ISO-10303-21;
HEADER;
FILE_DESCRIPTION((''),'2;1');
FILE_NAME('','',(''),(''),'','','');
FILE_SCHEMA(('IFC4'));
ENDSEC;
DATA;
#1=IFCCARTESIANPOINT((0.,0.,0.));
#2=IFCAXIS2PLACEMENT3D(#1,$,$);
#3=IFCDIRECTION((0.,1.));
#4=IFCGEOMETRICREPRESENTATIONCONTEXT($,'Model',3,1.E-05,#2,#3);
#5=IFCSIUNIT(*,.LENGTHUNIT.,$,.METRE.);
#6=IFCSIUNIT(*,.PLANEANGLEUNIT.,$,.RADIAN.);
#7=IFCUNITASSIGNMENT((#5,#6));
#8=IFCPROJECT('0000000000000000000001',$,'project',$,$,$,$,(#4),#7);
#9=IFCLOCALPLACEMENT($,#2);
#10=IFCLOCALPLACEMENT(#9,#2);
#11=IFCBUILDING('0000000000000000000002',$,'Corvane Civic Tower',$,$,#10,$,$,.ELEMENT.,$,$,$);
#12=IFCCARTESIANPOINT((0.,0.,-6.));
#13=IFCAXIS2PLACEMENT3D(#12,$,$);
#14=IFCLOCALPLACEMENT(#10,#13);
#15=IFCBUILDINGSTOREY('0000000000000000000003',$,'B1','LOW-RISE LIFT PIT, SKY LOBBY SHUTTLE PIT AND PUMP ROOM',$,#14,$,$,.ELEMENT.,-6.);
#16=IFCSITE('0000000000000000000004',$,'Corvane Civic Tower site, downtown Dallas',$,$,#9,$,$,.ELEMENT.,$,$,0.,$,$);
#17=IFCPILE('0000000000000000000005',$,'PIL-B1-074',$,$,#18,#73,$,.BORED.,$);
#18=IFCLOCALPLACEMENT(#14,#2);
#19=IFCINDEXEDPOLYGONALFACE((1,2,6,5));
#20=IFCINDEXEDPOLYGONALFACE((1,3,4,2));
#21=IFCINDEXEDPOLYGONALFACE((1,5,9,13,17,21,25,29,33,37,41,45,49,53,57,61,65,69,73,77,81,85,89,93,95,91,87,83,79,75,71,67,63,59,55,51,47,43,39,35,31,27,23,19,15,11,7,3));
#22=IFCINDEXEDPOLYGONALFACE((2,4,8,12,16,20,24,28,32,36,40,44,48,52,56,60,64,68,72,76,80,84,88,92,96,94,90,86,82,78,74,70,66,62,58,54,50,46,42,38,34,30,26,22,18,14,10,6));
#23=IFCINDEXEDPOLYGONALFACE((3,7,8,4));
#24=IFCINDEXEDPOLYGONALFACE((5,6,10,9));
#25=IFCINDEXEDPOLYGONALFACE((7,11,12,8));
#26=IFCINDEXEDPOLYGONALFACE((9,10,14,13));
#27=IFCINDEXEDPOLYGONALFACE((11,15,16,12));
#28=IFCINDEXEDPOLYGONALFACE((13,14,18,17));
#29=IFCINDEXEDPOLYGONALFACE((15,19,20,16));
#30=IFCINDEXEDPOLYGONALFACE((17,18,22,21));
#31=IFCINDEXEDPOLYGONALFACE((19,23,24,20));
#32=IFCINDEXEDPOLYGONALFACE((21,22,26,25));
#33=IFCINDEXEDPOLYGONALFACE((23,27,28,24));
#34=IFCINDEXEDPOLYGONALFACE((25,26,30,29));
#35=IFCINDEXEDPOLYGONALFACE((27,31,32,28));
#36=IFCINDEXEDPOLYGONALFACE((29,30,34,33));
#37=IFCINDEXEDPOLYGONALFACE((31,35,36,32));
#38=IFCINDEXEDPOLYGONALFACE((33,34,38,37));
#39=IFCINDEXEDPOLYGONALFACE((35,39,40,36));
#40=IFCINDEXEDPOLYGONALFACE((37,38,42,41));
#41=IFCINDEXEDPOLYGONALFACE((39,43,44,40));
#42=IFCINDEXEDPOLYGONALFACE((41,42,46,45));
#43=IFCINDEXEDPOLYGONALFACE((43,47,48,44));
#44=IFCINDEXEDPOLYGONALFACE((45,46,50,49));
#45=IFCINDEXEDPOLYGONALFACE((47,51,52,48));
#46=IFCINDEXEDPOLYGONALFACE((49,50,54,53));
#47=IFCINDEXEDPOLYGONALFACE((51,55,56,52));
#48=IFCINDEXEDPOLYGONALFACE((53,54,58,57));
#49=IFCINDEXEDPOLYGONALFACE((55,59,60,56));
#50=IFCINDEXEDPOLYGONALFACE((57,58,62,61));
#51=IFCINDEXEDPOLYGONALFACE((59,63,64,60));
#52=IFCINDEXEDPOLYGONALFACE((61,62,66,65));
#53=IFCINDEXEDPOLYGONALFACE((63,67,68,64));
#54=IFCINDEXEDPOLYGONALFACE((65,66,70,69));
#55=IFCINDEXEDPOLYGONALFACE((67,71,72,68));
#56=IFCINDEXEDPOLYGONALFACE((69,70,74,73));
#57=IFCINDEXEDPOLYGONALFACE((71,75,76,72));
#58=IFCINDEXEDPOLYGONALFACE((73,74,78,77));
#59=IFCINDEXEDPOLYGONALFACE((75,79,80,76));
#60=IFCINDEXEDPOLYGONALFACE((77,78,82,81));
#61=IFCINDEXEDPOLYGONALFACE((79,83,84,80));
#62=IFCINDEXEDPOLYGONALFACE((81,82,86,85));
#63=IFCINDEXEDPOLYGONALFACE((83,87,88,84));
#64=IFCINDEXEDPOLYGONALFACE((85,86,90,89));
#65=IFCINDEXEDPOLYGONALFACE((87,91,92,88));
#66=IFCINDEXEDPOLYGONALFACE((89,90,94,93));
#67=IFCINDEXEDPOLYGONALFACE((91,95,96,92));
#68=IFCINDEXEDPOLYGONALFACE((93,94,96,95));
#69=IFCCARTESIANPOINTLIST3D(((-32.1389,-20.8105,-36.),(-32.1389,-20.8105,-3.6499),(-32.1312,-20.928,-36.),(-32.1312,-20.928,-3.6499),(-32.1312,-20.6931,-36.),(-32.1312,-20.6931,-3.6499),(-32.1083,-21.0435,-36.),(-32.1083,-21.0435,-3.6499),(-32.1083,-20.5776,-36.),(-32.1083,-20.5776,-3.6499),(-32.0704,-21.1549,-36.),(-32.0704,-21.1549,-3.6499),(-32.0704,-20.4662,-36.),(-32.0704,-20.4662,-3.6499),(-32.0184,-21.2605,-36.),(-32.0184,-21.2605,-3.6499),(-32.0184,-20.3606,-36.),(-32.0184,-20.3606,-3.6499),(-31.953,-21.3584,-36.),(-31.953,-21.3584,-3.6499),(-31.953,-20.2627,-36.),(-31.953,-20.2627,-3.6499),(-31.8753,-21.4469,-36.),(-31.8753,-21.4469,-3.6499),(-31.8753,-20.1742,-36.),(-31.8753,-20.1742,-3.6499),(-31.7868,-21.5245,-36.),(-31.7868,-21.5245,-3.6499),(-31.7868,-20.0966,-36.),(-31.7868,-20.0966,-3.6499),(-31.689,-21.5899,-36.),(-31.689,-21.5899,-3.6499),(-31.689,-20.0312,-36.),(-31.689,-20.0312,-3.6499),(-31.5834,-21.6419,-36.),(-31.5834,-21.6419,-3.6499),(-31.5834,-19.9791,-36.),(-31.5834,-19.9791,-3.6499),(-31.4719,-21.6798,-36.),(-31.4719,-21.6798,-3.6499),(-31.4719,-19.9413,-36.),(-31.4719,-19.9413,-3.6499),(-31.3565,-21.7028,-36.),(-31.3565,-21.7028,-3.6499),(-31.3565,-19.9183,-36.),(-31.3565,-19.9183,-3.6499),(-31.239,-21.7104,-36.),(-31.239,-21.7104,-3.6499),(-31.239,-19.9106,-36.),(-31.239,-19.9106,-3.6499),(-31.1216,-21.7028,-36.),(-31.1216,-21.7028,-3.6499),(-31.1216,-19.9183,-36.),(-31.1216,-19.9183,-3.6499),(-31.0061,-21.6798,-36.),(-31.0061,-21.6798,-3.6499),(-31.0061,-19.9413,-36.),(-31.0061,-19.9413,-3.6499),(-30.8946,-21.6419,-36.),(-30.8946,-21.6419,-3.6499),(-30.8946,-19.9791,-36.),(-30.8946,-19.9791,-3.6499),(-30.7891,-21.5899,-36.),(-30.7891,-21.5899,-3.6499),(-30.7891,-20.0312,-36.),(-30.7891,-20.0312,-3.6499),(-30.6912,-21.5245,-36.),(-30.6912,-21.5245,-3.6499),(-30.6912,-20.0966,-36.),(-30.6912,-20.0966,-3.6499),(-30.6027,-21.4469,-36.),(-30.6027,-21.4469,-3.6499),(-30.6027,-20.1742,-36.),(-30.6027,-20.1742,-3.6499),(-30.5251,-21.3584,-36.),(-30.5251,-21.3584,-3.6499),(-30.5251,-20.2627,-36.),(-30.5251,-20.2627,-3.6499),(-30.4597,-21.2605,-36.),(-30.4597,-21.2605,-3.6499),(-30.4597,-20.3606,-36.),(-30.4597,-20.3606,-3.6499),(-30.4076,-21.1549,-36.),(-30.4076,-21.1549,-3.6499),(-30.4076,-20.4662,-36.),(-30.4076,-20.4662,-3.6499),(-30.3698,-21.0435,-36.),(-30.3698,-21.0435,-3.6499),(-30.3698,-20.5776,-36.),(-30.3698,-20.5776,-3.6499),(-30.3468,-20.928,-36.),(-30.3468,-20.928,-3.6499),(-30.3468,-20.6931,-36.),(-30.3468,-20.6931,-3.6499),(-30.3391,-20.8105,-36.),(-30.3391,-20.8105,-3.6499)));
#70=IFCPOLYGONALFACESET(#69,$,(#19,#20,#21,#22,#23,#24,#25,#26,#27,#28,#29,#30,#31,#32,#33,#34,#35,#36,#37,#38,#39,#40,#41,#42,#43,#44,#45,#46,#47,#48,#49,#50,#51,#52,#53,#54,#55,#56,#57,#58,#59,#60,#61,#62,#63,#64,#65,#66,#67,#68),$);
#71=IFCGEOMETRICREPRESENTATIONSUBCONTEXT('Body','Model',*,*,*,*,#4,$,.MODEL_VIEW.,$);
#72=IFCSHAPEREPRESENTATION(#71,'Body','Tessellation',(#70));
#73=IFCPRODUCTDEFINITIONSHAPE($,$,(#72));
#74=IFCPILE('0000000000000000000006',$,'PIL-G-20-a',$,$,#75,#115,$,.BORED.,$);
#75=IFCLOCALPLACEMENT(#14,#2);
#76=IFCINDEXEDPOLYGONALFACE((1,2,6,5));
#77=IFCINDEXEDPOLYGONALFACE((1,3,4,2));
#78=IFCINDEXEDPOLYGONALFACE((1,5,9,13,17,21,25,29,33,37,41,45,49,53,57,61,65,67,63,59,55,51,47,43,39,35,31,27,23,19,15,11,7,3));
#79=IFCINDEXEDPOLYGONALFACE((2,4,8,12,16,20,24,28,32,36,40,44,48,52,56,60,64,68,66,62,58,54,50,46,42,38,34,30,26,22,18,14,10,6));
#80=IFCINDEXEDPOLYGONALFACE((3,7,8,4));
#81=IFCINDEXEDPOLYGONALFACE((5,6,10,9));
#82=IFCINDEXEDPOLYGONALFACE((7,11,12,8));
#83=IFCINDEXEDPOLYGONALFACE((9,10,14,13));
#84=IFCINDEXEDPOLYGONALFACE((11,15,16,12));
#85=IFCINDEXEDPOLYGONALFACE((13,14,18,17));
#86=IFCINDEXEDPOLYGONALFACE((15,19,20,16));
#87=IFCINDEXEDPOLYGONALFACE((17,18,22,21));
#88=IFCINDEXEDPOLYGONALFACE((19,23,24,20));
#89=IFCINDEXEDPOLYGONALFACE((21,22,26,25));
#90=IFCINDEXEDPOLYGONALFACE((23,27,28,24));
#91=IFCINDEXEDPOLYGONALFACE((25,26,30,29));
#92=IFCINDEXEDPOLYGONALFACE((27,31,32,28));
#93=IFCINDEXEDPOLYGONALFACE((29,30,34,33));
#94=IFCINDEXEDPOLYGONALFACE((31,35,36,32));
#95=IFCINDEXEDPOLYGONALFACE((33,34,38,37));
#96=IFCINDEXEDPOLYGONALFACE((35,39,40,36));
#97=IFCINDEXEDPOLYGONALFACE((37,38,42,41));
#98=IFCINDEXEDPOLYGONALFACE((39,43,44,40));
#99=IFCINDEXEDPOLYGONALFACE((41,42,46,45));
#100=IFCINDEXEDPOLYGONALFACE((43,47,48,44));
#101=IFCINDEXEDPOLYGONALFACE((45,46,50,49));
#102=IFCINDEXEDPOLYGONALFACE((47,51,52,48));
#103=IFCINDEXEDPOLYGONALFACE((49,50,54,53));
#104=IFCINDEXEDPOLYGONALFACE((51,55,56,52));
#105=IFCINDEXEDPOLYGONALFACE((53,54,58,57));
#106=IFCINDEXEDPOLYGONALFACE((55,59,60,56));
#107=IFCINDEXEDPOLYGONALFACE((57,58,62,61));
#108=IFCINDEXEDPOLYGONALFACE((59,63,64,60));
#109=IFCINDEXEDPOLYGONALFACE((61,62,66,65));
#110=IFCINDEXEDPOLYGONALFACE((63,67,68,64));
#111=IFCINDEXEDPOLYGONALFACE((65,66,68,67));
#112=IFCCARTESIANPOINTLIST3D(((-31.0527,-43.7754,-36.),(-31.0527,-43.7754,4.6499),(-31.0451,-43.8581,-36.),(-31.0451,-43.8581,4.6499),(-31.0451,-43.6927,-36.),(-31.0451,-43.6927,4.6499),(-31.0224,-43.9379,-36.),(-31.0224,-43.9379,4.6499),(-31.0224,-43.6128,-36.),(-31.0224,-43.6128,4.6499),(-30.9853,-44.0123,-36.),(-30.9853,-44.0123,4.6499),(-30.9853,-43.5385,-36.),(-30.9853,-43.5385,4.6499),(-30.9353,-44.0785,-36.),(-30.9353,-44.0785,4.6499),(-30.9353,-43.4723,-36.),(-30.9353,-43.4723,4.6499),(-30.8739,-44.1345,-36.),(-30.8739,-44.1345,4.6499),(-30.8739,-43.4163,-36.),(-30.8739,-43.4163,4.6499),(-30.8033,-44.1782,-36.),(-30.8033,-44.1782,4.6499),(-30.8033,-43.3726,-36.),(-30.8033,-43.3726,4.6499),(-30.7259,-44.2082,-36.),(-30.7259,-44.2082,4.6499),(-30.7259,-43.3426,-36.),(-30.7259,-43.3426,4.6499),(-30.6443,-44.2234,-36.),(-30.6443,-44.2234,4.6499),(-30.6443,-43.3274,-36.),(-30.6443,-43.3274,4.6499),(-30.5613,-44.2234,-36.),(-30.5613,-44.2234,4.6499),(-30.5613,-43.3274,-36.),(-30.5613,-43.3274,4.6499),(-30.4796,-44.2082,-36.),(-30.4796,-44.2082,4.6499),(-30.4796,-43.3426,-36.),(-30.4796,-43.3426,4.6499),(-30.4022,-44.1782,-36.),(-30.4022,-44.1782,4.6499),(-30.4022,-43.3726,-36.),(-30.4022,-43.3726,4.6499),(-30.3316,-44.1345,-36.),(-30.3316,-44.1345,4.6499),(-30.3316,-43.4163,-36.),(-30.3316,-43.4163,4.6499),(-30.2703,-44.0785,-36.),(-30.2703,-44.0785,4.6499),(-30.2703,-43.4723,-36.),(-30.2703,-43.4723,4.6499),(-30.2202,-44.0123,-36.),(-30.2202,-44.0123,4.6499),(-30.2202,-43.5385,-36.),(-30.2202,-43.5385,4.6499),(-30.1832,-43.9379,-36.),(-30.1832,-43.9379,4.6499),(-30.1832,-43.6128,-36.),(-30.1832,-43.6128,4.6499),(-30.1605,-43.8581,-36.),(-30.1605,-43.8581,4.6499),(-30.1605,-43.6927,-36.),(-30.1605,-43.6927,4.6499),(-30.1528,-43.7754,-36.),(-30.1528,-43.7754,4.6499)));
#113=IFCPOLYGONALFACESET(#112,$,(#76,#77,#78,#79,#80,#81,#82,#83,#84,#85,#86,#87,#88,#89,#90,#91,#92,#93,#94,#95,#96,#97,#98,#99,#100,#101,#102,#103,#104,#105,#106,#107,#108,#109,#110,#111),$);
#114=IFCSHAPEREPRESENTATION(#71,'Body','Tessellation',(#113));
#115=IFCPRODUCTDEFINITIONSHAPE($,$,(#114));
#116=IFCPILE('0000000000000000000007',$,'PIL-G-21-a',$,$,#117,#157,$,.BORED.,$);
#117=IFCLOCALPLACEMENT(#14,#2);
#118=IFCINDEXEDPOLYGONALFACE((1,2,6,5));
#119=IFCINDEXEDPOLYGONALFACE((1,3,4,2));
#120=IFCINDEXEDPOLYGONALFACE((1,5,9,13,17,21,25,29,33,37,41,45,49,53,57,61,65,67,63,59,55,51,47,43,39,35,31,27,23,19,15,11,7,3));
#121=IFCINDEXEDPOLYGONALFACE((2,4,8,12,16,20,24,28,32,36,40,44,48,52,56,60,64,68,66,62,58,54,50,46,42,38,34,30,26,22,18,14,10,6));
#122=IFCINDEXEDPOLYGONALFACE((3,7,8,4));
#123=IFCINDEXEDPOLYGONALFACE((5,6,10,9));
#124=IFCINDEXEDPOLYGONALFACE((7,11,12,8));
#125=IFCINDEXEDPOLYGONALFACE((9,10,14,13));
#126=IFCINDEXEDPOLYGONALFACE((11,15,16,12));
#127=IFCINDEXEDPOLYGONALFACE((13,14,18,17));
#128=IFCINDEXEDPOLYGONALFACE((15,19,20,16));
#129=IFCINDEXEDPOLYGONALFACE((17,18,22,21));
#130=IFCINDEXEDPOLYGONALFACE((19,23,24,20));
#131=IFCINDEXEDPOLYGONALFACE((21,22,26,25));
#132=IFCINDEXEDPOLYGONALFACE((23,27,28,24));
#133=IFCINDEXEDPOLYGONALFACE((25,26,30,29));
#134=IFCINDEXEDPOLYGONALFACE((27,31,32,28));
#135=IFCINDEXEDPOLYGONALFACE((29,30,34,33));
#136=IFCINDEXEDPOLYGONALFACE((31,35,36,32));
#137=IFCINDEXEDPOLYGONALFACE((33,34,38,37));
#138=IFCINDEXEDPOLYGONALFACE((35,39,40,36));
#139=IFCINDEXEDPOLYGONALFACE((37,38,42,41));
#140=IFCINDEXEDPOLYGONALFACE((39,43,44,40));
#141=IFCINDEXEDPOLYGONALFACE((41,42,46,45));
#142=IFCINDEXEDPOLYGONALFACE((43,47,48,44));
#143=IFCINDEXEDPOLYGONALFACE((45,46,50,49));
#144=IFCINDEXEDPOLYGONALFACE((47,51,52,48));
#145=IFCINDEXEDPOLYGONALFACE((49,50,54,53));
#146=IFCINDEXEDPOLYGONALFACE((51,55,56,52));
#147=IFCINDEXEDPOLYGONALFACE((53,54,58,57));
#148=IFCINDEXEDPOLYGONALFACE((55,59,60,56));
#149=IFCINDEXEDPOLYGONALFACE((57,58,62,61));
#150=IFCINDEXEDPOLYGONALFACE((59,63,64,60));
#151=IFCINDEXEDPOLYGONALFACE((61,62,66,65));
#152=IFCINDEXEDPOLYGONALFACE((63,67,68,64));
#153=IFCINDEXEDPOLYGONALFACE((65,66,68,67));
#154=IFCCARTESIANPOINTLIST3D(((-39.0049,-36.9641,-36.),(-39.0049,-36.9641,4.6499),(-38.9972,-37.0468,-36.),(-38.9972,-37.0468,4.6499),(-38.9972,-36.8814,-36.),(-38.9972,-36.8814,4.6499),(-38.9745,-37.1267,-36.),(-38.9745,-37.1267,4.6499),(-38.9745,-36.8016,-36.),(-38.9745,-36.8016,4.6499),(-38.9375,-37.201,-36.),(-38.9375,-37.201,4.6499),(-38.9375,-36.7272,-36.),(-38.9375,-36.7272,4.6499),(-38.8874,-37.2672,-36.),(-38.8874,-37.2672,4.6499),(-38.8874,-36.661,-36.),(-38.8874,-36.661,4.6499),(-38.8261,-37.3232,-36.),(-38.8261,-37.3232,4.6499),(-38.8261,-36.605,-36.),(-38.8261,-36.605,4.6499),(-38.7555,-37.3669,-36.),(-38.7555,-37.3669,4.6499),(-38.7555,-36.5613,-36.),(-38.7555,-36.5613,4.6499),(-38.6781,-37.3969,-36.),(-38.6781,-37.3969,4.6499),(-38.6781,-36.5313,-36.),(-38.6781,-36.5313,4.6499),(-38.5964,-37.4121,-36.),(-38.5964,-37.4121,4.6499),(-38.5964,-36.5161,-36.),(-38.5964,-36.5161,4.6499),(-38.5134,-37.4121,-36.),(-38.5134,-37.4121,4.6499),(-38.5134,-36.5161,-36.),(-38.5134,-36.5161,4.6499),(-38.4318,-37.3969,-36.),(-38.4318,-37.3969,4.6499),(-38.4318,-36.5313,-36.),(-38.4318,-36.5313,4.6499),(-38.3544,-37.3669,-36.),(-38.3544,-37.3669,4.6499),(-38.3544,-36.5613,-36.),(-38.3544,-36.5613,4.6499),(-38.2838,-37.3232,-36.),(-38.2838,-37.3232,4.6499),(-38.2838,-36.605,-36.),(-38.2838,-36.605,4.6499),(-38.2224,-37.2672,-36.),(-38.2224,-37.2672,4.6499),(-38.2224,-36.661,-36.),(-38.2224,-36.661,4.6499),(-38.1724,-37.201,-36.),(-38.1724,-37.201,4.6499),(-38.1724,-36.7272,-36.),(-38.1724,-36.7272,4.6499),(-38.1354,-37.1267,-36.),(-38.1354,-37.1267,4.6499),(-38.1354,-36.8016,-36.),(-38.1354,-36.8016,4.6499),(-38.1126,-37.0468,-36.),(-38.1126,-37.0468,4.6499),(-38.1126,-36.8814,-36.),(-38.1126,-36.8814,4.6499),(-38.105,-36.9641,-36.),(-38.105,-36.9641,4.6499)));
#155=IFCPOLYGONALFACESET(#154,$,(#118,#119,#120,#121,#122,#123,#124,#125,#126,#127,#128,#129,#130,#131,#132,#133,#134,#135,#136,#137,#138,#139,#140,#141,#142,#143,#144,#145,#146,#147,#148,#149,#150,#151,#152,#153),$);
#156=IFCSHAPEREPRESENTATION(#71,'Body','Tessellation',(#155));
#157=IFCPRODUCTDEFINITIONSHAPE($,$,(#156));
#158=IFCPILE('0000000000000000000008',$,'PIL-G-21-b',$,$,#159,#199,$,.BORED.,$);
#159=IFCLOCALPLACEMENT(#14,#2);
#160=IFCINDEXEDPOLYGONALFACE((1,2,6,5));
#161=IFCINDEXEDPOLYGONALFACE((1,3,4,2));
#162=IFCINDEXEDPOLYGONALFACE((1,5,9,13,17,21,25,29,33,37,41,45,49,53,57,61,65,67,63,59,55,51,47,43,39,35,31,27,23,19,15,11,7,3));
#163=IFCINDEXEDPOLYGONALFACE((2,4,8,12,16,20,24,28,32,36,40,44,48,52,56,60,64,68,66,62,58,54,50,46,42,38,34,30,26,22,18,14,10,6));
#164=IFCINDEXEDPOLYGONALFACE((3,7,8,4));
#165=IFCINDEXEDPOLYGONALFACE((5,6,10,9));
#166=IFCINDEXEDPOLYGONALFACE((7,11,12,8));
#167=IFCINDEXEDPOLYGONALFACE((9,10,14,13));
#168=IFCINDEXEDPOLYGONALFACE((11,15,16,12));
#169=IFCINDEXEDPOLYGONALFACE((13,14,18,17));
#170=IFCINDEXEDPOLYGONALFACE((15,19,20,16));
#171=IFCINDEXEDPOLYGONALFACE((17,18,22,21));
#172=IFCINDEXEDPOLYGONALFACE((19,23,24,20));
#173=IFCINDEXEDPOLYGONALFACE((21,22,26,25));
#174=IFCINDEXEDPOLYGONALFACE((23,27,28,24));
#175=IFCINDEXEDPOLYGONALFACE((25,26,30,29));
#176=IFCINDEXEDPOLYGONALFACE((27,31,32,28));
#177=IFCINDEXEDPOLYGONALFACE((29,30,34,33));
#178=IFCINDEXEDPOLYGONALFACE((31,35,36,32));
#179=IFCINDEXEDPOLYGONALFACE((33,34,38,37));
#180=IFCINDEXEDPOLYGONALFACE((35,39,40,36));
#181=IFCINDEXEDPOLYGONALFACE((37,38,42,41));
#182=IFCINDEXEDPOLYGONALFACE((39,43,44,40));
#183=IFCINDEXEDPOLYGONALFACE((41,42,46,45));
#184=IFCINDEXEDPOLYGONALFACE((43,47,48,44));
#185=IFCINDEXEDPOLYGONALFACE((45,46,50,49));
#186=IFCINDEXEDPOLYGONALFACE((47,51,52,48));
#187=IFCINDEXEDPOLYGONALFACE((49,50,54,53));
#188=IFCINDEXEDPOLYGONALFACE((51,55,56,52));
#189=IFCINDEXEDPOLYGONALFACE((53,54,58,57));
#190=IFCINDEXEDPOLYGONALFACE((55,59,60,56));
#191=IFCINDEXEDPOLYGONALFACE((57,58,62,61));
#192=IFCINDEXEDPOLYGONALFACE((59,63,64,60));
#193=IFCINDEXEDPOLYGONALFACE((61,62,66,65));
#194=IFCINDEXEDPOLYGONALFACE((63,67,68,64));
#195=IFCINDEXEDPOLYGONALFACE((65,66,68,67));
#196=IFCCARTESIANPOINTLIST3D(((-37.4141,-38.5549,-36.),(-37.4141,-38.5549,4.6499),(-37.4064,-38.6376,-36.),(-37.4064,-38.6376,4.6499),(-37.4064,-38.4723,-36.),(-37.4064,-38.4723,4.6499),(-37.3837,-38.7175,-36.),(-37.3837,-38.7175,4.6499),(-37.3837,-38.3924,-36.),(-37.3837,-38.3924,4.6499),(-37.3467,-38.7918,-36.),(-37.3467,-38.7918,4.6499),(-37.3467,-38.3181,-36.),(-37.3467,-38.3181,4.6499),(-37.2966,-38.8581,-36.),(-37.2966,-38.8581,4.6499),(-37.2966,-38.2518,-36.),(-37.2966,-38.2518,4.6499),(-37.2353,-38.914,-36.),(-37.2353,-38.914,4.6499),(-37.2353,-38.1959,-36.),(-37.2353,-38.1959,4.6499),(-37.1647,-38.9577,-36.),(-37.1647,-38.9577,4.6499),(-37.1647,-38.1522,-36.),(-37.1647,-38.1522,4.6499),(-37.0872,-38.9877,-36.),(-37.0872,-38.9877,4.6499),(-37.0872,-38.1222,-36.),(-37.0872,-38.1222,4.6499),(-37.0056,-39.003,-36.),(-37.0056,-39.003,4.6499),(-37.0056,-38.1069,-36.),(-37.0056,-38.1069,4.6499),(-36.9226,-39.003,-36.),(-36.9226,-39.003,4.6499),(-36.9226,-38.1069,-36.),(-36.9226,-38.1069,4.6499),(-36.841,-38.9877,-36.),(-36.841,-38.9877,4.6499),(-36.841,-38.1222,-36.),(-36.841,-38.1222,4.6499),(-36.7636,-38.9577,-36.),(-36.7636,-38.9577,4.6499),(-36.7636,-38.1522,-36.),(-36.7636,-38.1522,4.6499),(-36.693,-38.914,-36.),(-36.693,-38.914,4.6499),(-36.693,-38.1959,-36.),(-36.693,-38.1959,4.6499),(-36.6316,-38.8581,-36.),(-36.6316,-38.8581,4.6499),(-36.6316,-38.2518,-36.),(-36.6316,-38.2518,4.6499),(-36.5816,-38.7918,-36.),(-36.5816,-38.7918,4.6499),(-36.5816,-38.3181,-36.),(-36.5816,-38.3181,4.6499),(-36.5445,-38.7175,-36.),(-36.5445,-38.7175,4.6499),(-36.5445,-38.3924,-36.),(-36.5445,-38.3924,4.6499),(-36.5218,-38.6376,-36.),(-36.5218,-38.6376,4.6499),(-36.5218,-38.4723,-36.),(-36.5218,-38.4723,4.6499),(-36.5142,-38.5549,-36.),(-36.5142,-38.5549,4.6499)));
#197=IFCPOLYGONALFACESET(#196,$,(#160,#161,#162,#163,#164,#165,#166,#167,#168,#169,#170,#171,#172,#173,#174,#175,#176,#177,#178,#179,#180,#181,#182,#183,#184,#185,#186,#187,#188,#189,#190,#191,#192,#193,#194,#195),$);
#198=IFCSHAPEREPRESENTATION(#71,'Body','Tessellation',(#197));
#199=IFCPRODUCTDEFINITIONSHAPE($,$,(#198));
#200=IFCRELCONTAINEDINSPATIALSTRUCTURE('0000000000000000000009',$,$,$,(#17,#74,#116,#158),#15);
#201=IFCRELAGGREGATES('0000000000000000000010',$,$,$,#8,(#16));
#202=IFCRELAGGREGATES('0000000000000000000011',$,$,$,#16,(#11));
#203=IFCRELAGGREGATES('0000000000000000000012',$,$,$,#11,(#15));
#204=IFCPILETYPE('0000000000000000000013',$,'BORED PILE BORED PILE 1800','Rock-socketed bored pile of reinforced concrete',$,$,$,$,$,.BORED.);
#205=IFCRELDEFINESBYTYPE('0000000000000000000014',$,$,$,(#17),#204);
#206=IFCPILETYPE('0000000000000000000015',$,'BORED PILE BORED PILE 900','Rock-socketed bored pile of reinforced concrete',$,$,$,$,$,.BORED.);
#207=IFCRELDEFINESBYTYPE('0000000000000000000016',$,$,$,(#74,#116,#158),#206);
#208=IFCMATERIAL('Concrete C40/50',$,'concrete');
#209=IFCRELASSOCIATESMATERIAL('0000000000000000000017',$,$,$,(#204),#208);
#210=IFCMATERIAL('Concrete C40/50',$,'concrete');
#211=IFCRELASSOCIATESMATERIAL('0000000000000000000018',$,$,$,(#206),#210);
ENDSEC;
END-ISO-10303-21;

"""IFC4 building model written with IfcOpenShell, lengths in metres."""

from ifc_helpers import new_model, si_unit, direction, frame, origin, origin_2d, place, context, subcontext, project, spatial, circle, extrude, material, material_profile, profile_set, type_object, element, save


model = new_model("IFC4")

# Units and contexts
model_context = context("Model", 3, precision=1e-05, world=origin(), true_north=direction((0.0, 1.0)))
body_context = subcontext(model_context, "Body", "Model", "MODEL_VIEW")
ifc_project = project(units=[si_unit("LENGTHUNIT", "METRE"), si_unit("PLANEANGLEUNIT", "RADIAN")], contexts=[model_context])

# Site, building, storey
site_placement = place(None, origin())
site = spatial("IfcSite", under=ifc_project, at=site_placement, Name="Corvane Civic Tower site, downtown Dallas", CompositionType="ELEMENT", RefElevation=0.0)
building_placement = place(site_placement, origin())
building = spatial("IfcBuilding", under=site, at=building_placement, Name="Corvane Civic Tower", CompositionType="ELEMENT")
storey_placement = place(building_placement, frame((0.0, 0.0, -6.0)))
storey = spatial("IfcBuildingStorey", under=building, at=storey_placement, Name="B1", Description="LOW-RISE LIFT PIT, SKY LOBBY SHUTTLE PIT AND PUMP ROOM", CompositionType="ELEMENT", Elevation=-6.0)

# Piles
ifc_material_1 = material(Name="Concrete C40/50", Category="concrete")
ifc_material_profile_1 = material_profile(ifc_material_1, circle(Radius=0.8999, at=origin_2d()), Name="BORED PILE 1800")
ifc_profile_set_1 = profile_set([ifc_material_profile_1], Name="Concrete C40/50")
pile_type_1 = type_object("IfcPileType", Name="BORED PILE BORED PILE 1800", Description="Rock-socketed bored pile of reinforced concrete", PredefinedType="BORED", material=ifc_profile_set_1)
for number, where, z_axis, x_axis, name in (
    (1, (-31.239, -20.8105, -3.6499), (0.0, 0.0, -1.0), (1.0, 0.0, 0.0), "PIL-B1-074"),
):
    element("IfcPile", number, at=place(storey_placement, frame(where, z_axis=z_axis, x_axis=x_axis)), inside=storey, type_object=pile_type_1, Name=name, PredefinedType="BORED", context=body_context, shape_type="SweptSolid", body=[
        extrude(circle(Radius=0.8999, at=origin_2d()), origin(), (0.0, 0.0, 1.0), 32.3501),
    ])
ifc_material_2 = material(Name="Concrete C40/50", Category="concrete")
ifc_material_profile_2 = material_profile(ifc_material_2, circle(Radius=0.45, at=origin_2d()), Name="BORED PILE 900")
ifc_profile_set_2 = profile_set([ifc_material_profile_2], Name="Concrete C40/50")
pile_type_2 = type_object("IfcPileType", Name="BORED PILE BORED PILE 900", Description="Rock-socketed bored pile of reinforced concrete", PredefinedType="BORED", material=ifc_profile_set_2)
for number, where, z_axis, x_axis, name in (
    (2, (-30.6028, -43.7754, 4.6499), (0.0, 0.0, -1.0), (1.0, 0.0, 0.0), "PIL-G-20-a"),
    (3, (-38.5549, -36.9641, 4.6499), (0.0, 0.0, -1.0), (1.0, 0.0, 0.0), "PIL-G-21-a"),
    (4, (-36.9641, -38.5549, 4.6499), (0.0, 0.0, -1.0), (1.0, 0.0, 0.0), "PIL-G-21-b"),
):
    element("IfcPile", number, at=place(storey_placement, frame(where, z_axis=z_axis, x_axis=x_axis)), inside=storey, type_object=pile_type_2, Name=name, PredefinedType="BORED", context=body_context, shape_type="SweptSolid", body=[
        extrude(circle(Radius=0.45, at=origin_2d()), origin(), (0.0, 0.0, 1.0), 40.6499),
    ])

save(model, "model.ifc")
